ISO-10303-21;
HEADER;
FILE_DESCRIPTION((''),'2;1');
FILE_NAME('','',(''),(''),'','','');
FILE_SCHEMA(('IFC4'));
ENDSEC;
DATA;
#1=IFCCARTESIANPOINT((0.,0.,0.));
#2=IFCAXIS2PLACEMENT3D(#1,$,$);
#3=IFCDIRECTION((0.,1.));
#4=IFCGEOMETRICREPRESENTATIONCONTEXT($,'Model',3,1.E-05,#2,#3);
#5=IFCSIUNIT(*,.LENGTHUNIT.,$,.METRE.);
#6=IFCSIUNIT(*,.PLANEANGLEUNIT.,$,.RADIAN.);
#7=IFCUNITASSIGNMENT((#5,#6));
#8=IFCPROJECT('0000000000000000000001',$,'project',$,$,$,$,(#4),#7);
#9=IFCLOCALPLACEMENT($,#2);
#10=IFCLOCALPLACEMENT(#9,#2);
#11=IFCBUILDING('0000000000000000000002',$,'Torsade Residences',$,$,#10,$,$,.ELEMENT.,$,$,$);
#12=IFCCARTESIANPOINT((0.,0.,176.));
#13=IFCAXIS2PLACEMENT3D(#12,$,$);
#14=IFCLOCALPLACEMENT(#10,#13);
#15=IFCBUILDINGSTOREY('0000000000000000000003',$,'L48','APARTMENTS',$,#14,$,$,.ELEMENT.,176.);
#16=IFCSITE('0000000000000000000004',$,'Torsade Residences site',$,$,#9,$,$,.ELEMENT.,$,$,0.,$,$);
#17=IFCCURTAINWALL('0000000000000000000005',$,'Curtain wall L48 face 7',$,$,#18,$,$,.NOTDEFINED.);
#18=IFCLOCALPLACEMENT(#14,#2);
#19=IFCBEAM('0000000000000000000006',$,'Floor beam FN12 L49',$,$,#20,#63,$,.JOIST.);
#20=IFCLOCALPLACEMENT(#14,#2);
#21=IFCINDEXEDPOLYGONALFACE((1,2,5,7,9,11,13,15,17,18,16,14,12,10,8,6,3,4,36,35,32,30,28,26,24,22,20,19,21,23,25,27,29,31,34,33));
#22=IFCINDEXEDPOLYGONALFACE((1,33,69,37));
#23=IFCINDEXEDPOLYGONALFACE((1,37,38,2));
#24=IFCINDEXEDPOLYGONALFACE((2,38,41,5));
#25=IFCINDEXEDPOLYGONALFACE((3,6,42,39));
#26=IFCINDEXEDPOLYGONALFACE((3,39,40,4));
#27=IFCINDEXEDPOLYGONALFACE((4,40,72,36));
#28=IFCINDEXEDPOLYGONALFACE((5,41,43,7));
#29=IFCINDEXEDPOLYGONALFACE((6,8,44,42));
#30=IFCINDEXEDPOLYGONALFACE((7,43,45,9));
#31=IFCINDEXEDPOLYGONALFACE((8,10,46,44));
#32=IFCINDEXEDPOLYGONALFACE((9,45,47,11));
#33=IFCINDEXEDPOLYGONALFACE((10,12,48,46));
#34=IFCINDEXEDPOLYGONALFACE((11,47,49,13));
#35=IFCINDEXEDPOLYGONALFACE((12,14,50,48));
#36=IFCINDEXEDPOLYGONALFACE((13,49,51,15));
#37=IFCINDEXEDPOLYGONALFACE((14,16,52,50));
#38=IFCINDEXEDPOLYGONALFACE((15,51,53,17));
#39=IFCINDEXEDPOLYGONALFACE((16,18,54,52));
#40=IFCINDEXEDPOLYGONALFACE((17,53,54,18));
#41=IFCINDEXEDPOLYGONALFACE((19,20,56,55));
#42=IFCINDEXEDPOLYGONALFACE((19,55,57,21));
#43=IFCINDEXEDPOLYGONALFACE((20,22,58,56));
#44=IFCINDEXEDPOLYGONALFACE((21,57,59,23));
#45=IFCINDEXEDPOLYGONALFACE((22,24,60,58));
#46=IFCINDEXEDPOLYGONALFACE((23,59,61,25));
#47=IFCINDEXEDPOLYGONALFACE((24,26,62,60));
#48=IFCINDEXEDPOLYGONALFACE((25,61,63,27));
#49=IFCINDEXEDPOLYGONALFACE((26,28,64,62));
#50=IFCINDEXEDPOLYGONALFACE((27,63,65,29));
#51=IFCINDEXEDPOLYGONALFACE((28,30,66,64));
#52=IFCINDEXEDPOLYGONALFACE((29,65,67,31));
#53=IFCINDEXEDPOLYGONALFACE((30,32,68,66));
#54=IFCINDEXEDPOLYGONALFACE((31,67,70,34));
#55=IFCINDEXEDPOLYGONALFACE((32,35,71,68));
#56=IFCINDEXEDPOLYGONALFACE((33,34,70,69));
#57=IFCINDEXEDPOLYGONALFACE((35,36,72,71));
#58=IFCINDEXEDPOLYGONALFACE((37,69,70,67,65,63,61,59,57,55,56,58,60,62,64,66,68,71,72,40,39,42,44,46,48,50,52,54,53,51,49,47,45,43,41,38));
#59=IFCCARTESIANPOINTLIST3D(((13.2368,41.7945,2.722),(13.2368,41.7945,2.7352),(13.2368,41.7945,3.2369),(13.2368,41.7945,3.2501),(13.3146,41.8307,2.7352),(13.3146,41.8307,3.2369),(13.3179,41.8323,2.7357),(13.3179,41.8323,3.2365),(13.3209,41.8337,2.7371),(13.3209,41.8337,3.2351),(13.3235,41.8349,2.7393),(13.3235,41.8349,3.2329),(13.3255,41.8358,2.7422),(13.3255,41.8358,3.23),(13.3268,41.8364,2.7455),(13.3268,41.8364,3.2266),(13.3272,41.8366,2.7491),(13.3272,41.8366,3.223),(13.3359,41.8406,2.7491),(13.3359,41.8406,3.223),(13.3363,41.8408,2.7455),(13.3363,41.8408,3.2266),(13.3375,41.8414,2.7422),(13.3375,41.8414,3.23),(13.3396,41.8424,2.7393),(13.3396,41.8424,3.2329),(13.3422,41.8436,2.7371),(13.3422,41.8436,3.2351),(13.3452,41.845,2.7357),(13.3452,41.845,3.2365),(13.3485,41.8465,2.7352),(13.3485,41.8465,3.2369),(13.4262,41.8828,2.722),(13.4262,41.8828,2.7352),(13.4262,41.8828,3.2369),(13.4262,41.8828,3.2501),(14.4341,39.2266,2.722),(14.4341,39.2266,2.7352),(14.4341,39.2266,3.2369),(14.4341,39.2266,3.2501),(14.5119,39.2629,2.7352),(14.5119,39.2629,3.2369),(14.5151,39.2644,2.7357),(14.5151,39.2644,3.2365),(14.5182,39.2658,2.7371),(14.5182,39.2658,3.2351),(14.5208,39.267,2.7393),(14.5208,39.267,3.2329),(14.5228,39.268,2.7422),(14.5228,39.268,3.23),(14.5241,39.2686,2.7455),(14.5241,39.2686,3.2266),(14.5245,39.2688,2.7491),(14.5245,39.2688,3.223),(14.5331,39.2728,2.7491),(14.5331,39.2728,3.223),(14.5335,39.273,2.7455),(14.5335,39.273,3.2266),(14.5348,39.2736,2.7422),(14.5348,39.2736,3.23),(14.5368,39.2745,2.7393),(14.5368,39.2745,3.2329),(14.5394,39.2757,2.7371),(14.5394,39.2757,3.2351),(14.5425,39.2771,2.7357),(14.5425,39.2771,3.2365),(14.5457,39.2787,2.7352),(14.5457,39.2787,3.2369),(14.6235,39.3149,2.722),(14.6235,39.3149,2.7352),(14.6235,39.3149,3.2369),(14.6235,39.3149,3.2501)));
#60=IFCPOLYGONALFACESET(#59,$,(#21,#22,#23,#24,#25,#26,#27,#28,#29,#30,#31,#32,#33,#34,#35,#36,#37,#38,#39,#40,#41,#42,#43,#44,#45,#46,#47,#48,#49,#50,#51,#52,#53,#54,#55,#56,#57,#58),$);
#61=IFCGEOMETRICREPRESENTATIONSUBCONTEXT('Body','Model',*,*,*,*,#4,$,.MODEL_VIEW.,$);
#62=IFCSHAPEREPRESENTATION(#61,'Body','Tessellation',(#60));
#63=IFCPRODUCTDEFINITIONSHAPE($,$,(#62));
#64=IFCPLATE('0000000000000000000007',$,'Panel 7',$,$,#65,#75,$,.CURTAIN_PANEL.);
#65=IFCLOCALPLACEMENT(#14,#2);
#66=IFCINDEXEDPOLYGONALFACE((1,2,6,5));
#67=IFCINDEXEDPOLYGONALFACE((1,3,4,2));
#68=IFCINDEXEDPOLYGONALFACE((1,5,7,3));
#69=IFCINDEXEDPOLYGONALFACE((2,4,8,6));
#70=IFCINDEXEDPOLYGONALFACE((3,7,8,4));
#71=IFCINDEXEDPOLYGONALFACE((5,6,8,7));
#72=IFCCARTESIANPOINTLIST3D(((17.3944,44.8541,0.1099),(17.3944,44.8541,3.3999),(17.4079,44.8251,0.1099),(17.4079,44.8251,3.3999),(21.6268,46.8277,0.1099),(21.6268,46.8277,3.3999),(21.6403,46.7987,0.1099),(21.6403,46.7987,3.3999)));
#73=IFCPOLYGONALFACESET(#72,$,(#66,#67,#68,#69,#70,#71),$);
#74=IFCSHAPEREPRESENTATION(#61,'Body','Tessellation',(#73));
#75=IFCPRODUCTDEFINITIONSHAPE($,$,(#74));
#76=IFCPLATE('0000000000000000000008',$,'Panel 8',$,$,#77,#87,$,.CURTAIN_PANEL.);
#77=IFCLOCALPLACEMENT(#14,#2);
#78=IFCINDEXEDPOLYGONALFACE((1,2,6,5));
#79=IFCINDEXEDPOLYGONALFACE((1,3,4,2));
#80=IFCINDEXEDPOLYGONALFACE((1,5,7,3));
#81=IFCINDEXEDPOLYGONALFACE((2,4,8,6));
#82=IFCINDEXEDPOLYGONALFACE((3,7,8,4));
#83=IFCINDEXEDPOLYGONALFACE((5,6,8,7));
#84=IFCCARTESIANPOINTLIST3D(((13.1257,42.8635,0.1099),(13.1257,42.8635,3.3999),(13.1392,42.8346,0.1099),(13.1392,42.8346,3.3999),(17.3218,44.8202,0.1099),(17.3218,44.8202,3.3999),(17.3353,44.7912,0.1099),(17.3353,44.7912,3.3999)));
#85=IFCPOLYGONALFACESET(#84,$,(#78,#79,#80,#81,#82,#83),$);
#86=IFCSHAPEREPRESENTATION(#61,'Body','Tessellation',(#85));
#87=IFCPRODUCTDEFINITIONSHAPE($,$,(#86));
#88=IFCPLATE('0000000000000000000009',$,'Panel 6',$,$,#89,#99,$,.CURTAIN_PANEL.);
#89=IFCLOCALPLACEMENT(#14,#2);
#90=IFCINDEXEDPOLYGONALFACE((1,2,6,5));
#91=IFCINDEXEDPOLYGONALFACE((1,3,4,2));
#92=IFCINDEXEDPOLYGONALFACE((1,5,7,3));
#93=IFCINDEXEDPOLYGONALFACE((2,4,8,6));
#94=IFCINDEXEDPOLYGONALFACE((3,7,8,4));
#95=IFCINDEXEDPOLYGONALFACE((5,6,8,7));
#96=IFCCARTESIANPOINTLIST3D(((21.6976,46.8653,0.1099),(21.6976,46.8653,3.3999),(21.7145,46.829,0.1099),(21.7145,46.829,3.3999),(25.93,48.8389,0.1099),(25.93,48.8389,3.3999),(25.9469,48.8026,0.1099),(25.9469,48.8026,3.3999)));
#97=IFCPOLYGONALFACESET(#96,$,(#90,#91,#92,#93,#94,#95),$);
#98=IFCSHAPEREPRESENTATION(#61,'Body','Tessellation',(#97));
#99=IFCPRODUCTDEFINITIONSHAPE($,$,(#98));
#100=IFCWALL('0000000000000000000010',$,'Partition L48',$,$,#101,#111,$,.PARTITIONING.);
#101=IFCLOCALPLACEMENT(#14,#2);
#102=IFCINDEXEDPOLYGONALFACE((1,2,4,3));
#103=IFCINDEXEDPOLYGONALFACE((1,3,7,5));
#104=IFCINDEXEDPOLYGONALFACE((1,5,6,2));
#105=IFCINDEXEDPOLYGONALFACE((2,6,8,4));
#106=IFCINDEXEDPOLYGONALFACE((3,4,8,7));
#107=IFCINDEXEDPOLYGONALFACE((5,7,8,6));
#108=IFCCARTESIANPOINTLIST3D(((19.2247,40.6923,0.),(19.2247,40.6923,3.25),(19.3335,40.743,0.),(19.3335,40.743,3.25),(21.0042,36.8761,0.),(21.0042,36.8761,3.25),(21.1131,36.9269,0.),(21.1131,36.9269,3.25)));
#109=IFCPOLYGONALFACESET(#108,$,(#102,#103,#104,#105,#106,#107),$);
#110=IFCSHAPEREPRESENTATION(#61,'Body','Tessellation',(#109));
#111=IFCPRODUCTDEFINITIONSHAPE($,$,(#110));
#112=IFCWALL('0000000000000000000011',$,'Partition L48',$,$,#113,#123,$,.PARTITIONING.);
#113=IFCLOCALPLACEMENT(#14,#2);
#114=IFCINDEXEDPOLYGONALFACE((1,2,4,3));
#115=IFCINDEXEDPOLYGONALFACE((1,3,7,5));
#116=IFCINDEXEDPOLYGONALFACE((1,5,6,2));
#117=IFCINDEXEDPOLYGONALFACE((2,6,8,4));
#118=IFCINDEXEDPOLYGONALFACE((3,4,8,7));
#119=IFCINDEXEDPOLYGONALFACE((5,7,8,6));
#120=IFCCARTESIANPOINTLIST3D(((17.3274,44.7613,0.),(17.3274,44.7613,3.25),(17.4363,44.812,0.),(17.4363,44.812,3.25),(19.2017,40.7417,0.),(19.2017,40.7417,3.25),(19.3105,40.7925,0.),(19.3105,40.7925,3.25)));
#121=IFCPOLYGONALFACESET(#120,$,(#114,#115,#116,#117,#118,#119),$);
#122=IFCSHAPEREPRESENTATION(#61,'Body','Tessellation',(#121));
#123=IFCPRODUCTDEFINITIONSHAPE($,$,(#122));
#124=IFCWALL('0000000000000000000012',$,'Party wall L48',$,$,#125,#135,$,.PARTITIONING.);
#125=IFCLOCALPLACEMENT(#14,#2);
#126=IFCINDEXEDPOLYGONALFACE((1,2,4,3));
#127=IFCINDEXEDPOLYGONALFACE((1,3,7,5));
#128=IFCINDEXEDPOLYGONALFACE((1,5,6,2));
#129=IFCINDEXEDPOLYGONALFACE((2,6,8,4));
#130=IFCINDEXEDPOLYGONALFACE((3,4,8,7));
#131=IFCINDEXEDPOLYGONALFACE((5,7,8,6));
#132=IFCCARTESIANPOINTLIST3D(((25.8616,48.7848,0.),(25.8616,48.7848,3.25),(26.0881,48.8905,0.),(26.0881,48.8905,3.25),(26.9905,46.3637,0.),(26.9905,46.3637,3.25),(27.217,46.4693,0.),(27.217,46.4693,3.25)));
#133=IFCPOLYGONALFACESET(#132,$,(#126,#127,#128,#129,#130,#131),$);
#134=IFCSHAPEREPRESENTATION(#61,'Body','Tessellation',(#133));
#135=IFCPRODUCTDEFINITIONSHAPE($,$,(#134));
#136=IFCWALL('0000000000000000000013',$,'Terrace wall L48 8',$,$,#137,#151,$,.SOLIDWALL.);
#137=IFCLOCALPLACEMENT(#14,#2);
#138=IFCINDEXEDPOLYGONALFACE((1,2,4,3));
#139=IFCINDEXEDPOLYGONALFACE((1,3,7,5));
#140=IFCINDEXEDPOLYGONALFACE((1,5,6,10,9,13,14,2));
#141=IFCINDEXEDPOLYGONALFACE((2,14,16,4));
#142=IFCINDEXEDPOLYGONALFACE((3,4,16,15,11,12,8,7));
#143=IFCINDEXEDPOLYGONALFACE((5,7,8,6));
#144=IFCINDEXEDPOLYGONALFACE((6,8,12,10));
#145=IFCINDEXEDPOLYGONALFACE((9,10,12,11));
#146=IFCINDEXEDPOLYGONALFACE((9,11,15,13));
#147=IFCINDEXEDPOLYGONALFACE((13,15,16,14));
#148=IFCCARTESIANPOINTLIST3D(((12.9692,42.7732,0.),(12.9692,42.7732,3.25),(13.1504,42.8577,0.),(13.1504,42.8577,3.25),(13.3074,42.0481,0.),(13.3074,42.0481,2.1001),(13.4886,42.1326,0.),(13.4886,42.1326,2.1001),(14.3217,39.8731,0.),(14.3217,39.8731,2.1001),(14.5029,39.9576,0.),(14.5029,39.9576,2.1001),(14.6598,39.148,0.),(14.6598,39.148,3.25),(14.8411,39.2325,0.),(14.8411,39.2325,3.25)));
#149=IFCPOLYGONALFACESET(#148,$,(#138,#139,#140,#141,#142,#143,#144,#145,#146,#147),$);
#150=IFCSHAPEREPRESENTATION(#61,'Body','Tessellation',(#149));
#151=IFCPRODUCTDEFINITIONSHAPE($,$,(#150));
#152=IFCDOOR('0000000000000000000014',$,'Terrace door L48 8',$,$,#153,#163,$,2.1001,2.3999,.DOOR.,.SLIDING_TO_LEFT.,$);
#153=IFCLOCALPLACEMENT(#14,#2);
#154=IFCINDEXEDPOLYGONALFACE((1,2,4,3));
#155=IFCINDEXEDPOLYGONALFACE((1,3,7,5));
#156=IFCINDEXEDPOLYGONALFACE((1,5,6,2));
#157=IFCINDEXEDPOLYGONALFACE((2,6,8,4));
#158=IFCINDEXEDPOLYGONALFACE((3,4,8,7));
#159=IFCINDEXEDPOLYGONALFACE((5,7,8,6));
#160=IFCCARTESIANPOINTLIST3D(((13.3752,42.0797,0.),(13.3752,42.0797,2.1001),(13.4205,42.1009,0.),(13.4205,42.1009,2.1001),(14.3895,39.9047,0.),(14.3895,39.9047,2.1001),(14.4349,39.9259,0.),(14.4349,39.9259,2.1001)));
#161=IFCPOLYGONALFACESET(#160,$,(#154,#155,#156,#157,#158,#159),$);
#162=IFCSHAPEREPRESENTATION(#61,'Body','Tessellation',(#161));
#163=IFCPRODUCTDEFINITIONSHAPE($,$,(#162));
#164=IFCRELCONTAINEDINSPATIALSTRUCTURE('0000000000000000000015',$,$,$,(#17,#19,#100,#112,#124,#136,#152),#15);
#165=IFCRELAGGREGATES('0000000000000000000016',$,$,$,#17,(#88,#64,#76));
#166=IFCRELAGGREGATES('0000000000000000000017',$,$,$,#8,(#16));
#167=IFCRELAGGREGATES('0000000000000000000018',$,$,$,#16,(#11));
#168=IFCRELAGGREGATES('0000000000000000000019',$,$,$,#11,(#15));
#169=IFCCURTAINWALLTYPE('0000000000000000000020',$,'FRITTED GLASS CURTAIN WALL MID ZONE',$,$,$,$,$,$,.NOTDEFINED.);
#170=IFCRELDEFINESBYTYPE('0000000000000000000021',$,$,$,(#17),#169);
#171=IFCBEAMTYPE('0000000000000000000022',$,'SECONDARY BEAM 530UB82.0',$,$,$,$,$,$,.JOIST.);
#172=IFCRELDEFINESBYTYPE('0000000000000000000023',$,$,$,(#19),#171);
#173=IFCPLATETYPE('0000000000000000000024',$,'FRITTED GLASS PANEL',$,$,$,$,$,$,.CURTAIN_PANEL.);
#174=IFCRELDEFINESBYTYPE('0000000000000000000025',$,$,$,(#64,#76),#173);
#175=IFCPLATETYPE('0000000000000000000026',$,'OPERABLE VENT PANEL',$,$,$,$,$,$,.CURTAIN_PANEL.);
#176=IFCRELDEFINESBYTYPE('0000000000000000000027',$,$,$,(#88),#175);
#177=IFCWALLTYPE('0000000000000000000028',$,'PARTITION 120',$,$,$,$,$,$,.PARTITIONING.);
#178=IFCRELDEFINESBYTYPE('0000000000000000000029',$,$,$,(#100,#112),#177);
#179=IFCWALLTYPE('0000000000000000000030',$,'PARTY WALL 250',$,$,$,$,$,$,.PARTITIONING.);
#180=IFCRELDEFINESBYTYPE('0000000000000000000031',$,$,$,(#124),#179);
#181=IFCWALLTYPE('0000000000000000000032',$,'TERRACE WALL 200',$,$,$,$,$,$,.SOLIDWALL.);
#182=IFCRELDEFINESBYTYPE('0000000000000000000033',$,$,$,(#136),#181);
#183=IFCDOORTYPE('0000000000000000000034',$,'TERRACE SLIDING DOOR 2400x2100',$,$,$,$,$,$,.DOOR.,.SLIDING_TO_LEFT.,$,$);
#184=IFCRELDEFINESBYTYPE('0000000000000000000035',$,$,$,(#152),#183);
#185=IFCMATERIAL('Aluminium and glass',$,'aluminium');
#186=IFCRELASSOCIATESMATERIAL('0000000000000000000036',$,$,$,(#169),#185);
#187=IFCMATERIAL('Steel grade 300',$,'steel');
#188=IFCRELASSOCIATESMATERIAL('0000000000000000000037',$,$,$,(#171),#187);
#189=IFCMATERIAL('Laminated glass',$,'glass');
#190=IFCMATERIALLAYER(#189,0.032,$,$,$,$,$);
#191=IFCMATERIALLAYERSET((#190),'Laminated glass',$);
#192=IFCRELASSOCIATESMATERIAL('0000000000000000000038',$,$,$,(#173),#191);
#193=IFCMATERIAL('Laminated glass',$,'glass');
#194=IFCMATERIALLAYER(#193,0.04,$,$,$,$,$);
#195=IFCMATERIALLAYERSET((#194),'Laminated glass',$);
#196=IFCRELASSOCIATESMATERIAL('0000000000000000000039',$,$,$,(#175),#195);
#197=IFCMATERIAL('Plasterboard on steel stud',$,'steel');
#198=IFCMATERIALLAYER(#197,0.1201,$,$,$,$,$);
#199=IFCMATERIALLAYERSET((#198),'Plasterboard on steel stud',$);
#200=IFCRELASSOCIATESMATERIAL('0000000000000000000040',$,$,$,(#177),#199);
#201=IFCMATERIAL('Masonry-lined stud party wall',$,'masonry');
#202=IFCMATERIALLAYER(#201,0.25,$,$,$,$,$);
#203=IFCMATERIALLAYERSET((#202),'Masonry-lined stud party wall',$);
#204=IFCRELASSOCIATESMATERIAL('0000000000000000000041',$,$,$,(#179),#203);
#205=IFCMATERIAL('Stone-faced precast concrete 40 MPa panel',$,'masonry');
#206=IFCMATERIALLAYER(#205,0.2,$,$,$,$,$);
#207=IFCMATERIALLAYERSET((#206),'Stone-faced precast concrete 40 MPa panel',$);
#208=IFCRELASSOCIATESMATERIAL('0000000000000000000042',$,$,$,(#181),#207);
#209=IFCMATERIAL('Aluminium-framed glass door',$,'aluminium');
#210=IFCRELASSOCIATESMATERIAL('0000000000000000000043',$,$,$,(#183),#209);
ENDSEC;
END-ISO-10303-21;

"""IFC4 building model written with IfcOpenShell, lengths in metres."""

from ifc_helpers import new_model, si_unit, direction, frame, frame_2d, origin, origin_2d, place, context, subcontext, project, spatial, rectangle, i_section, extrude, material, layer, layer_set, material_profile, profile_set, type_object, element, fill, aggregate, save


model = new_model("IFC4")

# Units and contexts
model_context = context("Model", 3, precision=1e-05, world=origin(), true_north=direction((0.0, 1.0)))
body_context = subcontext(model_context, "Body", "Model", "MODEL_VIEW")
ifc_project = project(units=[si_unit("LENGTHUNIT", "METRE"), si_unit("PLANEANGLEUNIT", "RADIAN")], contexts=[model_context])

# Site, building, storey
site_placement = place(None, origin())
site = spatial("IfcSite", under=ifc_project, at=site_placement, Name="Torsade Residences site", CompositionType="ELEMENT", RefElevation=0.0)
building_placement = place(site_placement, origin())
building = spatial("IfcBuilding", under=site, at=building_placement, Name="Torsade Residences", CompositionType="ELEMENT")
storey_placement = place(building_placement, frame((0.0, 0.0, 176.0)))
storey = spatial("IfcBuildingStorey", under=building, at=storey_placement, Name="L48", Description="APARTMENTS", CompositionType="ELEMENT", Elevation=176.0)

# Curtain wall
ifc_material_1 = material(Name="Aluminium and glass", Category="aluminium")
curtain_wall_type = type_object("IfcCurtainWallType", Name="FRITTED GLASS CURTAIN WALL MID ZONE", PredefinedType="NOTDEFINED", material=ifc_material_1)
curtain_wall_placement = place(storey_placement, origin())
curtain_wall = element("IfcCurtainWall", 1, at=curtain_wall_placement, inside=storey, type_object=curtain_wall_type, Name="Curtain wall L48 face 7", PredefinedType="NOTDEFINED")

# Beam
ifc_material_2 = material(Name="Steel grade 300", Category="steel")
ifc_material_profile_1 = material_profile(ifc_material_2, i_section(OverallWidth=0.209, OverallDepth=0.5281, WebThickness=0.0095, FlangeThickness=0.0132, FilletRadius=0.0139, at=origin_2d()), Name="530UB82.0")
ifc_profile_set_1 = profile_set([ifc_material_profile_1], Name="Steel grade 300")
beam_type_1 = type_object("IfcBeamType", Name="SECONDARY BEAM 530UB82.0", PredefinedType="JOIST", material=ifc_profile_set_1)
beam_1_placement = place(storey_placement, frame((13.3315, 41.8386, 2.9861), z_axis=(0.422574, -0.906328, 0.0), x_axis=(0.906328, 0.422574, 0.0)))
element("IfcBeam", 2, at=beam_1_placement, inside=storey, type_object=beam_type_1, Name="Floor beam FN12 L49", PredefinedType="JOIST", context=body_context, shape_type="SweptSolid", body=[
    extrude(i_section(OverallWidth=0.209, OverallDepth=0.5281, WebThickness=0.0095, FlangeThickness=0.0132, FilletRadius=0.0139, at=origin_2d()), origin(), (0.0, 0.0, 1.0), 2.8333),
])

# Plates
ifc_material_3 = material(Name="Laminated glass", Category="glass")
ifc_layer_1 = layer(ifc_material_3, 0.032)
ifc_layer_set_1 = layer_set([ifc_layer_1], Name="Laminated glass")
plate_type_1 = type_object("IfcPlateType", Name="FRITTED GLASS PANEL", PredefinedType="CURTAIN_PANEL", material=ifc_layer_set_1)
plate_1_placement = place(storey_placement, frame((19.5173, 45.8264, 0.1099), z_axis=(0.0, 0.0, 1.0), x_axis=(-0.906308, -0.422618, 0.0)))
plate_1 = element("IfcPlate", 3, at=plate_1_placement, type_object=plate_type_1, Name="Panel 7", PredefinedType="CURTAIN_PANEL", context=body_context, shape_type="SweptSolid", body=[
    extrude(rectangle(XDim=4.6699, YDim=0.032, at=origin_2d()), origin(), (0.0, 0.0, 1.0), 3.29),
])
plate_2_placement = place(storey_placement, frame((15.2305, 43.8274, 0.1099), z_axis=(0.0, 0.0, 1.0), x_axis=(-0.906308, -0.422618, 0.0)))
plate_2 = element("IfcPlate", 4, at=plate_2_placement, type_object=plate_type_1, Name="Panel 8", PredefinedType="CURTAIN_PANEL", context=body_context, shape_type="SweptSolid", body=[
    extrude(rectangle(XDim=4.6299, YDim=0.032, at=origin_2d()), origin(), (0.0, 0.0, 1.0), 3.29),
])
ifc_material_4 = material(Name="Laminated glass", Category="glass")
ifc_layer_2 = layer(ifc_material_4, 0.04)
ifc_layer_set_2 = layer_set([ifc_layer_2], Name="Laminated glass")
plate_type_2 = type_object("IfcPlateType", Name="OPERABLE VENT PANEL", PredefinedType="CURTAIN_PANEL", material=ifc_layer_set_2)
plate_3_placement = place(storey_placement, frame((23.8223, 47.834, 0.1099), z_axis=(0.0, 0.0, 1.0), x_axis=(-0.906308, -0.422618, 0.0)))
plate_3 = element("IfcPlate", 5, at=plate_3_placement, type_object=plate_type_2, Name="Panel 6", PredefinedType="CURTAIN_PANEL", context=body_context, shape_type="SweptSolid", body=[
    extrude(rectangle(XDim=4.6699, YDim=0.04, at=origin_2d()), origin(), (0.0, 0.0, 1.0), 3.29),
])
aggregate(curtain_wall, [plate_3, plate_1, plate_2])

# Walls
ifc_material_5 = material(Name="Plasterboard on steel stud", Category="steel")
ifc_layer_3 = layer(ifc_material_5, 0.1201)
ifc_layer_set_3 = layer_set([ifc_layer_3], Name="Plasterboard on steel stud")
wall_type_1 = type_object("IfcWallType", Name="PARTITION 120", PredefinedType="PARTITIONING", material=ifc_layer_set_3)
wall_1_placement = place(storey_placement, frame((19.2791, 40.7178, 0.0), z_axis=(0.0, 0.0, 1.0), x_axis=(0.422625, -0.906305, 0.0)))
element("IfcWall", 6, at=wall_1_placement, inside=storey, type_object=wall_type_1, Name="Partition L48", PredefinedType="PARTITIONING", context=body_context, shape_type="SweptSolid", body=[
    extrude(rectangle(XDim=4.2107, YDim=0.1201, at=frame_2d((2.1055, 0.0))), origin(), (0.0, 0.0, 1.0), 3.25),
])
wall_2_placement = place(storey_placement, frame((19.2561, 40.7671, 0.0), z_axis=(0.0, 0.0, 1.0), x_axis=(-0.422605, 0.906314, 0.0)))
element("IfcWall", 7, at=wall_2_placement, inside=storey, type_object=wall_type_1, Name="Partition L48", PredefinedType="PARTITIONING", context=body_context, shape_type="SweptSolid", body=[
    extrude(rectangle(XDim=4.4351, YDim=0.1201, at=frame_2d((2.2175, 0.0))), origin(), (0.0, 0.0, 1.0), 3.25),
])
ifc_material_6 = material(Name="Masonry-lined stud party wall", Category="masonry")
ifc_layer_4 = layer(ifc_material_6, 0.25)
ifc_layer_set_4 = layer_set([ifc_layer_4], Name="Masonry-lined stud party wall")
wall_type_2 = type_object("IfcWallType", Name="PARTY WALL 250", PredefinedType="PARTITIONING", material=ifc_layer_set_4)
wall_3_placement = place(storey_placement, frame((25.9749, 48.8376, 0.0), z_axis=(0.0, 0.0, 1.0), x_axis=(0.42259, -0.906321, 0.0)))
element("IfcWall", 8, at=wall_3_placement, inside=storey, type_object=wall_type_2, Name="Party wall L48", PredefinedType="PARTITIONING", context=body_context, shape_type="SweptSolid", body=[
    extrude(rectangle(XDim=2.6714, YDim=0.25, at=frame_2d((1.3357, 0.0))), origin(), (0.0, 0.0, 1.0), 3.25),
])

# Wall, opening, door
ifc_material_7 = material(Name="Stone-faced precast concrete 40 MPa panel", Category="masonry")
ifc_layer_5 = layer(ifc_material_7, 0.2)
ifc_layer_set_5 = layer_set([ifc_layer_5], Name="Stone-faced precast concrete 40 MPa panel")
wall_type_3 = type_object("IfcWallType", Name="TERRACE WALL 200", PredefinedType="SOLIDWALL", material=ifc_layer_set_5)
wall_4_placement = place(storey_placement, frame((13.0598, 42.8154, 0.0), z_axis=(0.0, 0.0, 1.0), x_axis=(0.422658, -0.906289, 0.0)))
wall_4 = element("IfcWall", 9, at=wall_4_placement, inside=storey, type_object=wall_type_3, Name="Terrace wall L48 8", PredefinedType="SOLIDWALL", context=body_context, shape_type="SweptSolid", body=[
    extrude(rectangle(XDim=4.0, YDim=0.2, at=frame_2d((2.0, 0.0))), origin(), (0.0, 0.0, 1.0), 3.25),
])
opening_placement = place(wall_4_placement, frame((0.8, 0.0, 0.0)))
opening = element("IfcOpeningElement", 10, at=opening_placement, cuts=wall_4, PredefinedType="OPENING", context=body_context, shape_type="SweptSolid", body=[
    extrude(rectangle(XDim=2.3999, YDim=2.1001, at=frame_2d((1.2, 1.05))), frame((0.0, 0.1099, 0.0), z_axis=(0.0, -1.0, 0.0), x_axis=(1.0, 0.0, 0.0)), (0.0, 0.0, 1.0), 0.22),
])
ifc_material_8 = material(Name="Aluminium-framed glass door", Category="aluminium")
door_type = type_object("IfcDoorType", Name="TERRACE SLIDING DOOR 2400x2100", OperationType="SLIDING_TO_LEFT", PredefinedType="DOOR", material=ifc_material_8)
door_placement = place(opening_placement, origin())
door = element("IfcDoor", 11, at=door_placement, inside=storey, type_object=door_type, Name="Terrace door L48 8", OperationType="SLIDING_TO_LEFT", OverallHeight=2.1001, OverallWidth=2.3999, PredefinedType="DOOR", context=body_context, shape_type="SweptSolid", body=[
    extrude(rectangle(XDim=2.3999, YDim=2.1001, at=frame_2d((1.2, 1.05))), frame((0.0, 0.0249, 0.0), z_axis=(0.0, -1.0, 0.0), x_axis=(1.0, 0.0, 0.0)), (0.0, 0.0, 1.0), 0.05),
])
fill(opening, door)

save(model, "model.ifc")
